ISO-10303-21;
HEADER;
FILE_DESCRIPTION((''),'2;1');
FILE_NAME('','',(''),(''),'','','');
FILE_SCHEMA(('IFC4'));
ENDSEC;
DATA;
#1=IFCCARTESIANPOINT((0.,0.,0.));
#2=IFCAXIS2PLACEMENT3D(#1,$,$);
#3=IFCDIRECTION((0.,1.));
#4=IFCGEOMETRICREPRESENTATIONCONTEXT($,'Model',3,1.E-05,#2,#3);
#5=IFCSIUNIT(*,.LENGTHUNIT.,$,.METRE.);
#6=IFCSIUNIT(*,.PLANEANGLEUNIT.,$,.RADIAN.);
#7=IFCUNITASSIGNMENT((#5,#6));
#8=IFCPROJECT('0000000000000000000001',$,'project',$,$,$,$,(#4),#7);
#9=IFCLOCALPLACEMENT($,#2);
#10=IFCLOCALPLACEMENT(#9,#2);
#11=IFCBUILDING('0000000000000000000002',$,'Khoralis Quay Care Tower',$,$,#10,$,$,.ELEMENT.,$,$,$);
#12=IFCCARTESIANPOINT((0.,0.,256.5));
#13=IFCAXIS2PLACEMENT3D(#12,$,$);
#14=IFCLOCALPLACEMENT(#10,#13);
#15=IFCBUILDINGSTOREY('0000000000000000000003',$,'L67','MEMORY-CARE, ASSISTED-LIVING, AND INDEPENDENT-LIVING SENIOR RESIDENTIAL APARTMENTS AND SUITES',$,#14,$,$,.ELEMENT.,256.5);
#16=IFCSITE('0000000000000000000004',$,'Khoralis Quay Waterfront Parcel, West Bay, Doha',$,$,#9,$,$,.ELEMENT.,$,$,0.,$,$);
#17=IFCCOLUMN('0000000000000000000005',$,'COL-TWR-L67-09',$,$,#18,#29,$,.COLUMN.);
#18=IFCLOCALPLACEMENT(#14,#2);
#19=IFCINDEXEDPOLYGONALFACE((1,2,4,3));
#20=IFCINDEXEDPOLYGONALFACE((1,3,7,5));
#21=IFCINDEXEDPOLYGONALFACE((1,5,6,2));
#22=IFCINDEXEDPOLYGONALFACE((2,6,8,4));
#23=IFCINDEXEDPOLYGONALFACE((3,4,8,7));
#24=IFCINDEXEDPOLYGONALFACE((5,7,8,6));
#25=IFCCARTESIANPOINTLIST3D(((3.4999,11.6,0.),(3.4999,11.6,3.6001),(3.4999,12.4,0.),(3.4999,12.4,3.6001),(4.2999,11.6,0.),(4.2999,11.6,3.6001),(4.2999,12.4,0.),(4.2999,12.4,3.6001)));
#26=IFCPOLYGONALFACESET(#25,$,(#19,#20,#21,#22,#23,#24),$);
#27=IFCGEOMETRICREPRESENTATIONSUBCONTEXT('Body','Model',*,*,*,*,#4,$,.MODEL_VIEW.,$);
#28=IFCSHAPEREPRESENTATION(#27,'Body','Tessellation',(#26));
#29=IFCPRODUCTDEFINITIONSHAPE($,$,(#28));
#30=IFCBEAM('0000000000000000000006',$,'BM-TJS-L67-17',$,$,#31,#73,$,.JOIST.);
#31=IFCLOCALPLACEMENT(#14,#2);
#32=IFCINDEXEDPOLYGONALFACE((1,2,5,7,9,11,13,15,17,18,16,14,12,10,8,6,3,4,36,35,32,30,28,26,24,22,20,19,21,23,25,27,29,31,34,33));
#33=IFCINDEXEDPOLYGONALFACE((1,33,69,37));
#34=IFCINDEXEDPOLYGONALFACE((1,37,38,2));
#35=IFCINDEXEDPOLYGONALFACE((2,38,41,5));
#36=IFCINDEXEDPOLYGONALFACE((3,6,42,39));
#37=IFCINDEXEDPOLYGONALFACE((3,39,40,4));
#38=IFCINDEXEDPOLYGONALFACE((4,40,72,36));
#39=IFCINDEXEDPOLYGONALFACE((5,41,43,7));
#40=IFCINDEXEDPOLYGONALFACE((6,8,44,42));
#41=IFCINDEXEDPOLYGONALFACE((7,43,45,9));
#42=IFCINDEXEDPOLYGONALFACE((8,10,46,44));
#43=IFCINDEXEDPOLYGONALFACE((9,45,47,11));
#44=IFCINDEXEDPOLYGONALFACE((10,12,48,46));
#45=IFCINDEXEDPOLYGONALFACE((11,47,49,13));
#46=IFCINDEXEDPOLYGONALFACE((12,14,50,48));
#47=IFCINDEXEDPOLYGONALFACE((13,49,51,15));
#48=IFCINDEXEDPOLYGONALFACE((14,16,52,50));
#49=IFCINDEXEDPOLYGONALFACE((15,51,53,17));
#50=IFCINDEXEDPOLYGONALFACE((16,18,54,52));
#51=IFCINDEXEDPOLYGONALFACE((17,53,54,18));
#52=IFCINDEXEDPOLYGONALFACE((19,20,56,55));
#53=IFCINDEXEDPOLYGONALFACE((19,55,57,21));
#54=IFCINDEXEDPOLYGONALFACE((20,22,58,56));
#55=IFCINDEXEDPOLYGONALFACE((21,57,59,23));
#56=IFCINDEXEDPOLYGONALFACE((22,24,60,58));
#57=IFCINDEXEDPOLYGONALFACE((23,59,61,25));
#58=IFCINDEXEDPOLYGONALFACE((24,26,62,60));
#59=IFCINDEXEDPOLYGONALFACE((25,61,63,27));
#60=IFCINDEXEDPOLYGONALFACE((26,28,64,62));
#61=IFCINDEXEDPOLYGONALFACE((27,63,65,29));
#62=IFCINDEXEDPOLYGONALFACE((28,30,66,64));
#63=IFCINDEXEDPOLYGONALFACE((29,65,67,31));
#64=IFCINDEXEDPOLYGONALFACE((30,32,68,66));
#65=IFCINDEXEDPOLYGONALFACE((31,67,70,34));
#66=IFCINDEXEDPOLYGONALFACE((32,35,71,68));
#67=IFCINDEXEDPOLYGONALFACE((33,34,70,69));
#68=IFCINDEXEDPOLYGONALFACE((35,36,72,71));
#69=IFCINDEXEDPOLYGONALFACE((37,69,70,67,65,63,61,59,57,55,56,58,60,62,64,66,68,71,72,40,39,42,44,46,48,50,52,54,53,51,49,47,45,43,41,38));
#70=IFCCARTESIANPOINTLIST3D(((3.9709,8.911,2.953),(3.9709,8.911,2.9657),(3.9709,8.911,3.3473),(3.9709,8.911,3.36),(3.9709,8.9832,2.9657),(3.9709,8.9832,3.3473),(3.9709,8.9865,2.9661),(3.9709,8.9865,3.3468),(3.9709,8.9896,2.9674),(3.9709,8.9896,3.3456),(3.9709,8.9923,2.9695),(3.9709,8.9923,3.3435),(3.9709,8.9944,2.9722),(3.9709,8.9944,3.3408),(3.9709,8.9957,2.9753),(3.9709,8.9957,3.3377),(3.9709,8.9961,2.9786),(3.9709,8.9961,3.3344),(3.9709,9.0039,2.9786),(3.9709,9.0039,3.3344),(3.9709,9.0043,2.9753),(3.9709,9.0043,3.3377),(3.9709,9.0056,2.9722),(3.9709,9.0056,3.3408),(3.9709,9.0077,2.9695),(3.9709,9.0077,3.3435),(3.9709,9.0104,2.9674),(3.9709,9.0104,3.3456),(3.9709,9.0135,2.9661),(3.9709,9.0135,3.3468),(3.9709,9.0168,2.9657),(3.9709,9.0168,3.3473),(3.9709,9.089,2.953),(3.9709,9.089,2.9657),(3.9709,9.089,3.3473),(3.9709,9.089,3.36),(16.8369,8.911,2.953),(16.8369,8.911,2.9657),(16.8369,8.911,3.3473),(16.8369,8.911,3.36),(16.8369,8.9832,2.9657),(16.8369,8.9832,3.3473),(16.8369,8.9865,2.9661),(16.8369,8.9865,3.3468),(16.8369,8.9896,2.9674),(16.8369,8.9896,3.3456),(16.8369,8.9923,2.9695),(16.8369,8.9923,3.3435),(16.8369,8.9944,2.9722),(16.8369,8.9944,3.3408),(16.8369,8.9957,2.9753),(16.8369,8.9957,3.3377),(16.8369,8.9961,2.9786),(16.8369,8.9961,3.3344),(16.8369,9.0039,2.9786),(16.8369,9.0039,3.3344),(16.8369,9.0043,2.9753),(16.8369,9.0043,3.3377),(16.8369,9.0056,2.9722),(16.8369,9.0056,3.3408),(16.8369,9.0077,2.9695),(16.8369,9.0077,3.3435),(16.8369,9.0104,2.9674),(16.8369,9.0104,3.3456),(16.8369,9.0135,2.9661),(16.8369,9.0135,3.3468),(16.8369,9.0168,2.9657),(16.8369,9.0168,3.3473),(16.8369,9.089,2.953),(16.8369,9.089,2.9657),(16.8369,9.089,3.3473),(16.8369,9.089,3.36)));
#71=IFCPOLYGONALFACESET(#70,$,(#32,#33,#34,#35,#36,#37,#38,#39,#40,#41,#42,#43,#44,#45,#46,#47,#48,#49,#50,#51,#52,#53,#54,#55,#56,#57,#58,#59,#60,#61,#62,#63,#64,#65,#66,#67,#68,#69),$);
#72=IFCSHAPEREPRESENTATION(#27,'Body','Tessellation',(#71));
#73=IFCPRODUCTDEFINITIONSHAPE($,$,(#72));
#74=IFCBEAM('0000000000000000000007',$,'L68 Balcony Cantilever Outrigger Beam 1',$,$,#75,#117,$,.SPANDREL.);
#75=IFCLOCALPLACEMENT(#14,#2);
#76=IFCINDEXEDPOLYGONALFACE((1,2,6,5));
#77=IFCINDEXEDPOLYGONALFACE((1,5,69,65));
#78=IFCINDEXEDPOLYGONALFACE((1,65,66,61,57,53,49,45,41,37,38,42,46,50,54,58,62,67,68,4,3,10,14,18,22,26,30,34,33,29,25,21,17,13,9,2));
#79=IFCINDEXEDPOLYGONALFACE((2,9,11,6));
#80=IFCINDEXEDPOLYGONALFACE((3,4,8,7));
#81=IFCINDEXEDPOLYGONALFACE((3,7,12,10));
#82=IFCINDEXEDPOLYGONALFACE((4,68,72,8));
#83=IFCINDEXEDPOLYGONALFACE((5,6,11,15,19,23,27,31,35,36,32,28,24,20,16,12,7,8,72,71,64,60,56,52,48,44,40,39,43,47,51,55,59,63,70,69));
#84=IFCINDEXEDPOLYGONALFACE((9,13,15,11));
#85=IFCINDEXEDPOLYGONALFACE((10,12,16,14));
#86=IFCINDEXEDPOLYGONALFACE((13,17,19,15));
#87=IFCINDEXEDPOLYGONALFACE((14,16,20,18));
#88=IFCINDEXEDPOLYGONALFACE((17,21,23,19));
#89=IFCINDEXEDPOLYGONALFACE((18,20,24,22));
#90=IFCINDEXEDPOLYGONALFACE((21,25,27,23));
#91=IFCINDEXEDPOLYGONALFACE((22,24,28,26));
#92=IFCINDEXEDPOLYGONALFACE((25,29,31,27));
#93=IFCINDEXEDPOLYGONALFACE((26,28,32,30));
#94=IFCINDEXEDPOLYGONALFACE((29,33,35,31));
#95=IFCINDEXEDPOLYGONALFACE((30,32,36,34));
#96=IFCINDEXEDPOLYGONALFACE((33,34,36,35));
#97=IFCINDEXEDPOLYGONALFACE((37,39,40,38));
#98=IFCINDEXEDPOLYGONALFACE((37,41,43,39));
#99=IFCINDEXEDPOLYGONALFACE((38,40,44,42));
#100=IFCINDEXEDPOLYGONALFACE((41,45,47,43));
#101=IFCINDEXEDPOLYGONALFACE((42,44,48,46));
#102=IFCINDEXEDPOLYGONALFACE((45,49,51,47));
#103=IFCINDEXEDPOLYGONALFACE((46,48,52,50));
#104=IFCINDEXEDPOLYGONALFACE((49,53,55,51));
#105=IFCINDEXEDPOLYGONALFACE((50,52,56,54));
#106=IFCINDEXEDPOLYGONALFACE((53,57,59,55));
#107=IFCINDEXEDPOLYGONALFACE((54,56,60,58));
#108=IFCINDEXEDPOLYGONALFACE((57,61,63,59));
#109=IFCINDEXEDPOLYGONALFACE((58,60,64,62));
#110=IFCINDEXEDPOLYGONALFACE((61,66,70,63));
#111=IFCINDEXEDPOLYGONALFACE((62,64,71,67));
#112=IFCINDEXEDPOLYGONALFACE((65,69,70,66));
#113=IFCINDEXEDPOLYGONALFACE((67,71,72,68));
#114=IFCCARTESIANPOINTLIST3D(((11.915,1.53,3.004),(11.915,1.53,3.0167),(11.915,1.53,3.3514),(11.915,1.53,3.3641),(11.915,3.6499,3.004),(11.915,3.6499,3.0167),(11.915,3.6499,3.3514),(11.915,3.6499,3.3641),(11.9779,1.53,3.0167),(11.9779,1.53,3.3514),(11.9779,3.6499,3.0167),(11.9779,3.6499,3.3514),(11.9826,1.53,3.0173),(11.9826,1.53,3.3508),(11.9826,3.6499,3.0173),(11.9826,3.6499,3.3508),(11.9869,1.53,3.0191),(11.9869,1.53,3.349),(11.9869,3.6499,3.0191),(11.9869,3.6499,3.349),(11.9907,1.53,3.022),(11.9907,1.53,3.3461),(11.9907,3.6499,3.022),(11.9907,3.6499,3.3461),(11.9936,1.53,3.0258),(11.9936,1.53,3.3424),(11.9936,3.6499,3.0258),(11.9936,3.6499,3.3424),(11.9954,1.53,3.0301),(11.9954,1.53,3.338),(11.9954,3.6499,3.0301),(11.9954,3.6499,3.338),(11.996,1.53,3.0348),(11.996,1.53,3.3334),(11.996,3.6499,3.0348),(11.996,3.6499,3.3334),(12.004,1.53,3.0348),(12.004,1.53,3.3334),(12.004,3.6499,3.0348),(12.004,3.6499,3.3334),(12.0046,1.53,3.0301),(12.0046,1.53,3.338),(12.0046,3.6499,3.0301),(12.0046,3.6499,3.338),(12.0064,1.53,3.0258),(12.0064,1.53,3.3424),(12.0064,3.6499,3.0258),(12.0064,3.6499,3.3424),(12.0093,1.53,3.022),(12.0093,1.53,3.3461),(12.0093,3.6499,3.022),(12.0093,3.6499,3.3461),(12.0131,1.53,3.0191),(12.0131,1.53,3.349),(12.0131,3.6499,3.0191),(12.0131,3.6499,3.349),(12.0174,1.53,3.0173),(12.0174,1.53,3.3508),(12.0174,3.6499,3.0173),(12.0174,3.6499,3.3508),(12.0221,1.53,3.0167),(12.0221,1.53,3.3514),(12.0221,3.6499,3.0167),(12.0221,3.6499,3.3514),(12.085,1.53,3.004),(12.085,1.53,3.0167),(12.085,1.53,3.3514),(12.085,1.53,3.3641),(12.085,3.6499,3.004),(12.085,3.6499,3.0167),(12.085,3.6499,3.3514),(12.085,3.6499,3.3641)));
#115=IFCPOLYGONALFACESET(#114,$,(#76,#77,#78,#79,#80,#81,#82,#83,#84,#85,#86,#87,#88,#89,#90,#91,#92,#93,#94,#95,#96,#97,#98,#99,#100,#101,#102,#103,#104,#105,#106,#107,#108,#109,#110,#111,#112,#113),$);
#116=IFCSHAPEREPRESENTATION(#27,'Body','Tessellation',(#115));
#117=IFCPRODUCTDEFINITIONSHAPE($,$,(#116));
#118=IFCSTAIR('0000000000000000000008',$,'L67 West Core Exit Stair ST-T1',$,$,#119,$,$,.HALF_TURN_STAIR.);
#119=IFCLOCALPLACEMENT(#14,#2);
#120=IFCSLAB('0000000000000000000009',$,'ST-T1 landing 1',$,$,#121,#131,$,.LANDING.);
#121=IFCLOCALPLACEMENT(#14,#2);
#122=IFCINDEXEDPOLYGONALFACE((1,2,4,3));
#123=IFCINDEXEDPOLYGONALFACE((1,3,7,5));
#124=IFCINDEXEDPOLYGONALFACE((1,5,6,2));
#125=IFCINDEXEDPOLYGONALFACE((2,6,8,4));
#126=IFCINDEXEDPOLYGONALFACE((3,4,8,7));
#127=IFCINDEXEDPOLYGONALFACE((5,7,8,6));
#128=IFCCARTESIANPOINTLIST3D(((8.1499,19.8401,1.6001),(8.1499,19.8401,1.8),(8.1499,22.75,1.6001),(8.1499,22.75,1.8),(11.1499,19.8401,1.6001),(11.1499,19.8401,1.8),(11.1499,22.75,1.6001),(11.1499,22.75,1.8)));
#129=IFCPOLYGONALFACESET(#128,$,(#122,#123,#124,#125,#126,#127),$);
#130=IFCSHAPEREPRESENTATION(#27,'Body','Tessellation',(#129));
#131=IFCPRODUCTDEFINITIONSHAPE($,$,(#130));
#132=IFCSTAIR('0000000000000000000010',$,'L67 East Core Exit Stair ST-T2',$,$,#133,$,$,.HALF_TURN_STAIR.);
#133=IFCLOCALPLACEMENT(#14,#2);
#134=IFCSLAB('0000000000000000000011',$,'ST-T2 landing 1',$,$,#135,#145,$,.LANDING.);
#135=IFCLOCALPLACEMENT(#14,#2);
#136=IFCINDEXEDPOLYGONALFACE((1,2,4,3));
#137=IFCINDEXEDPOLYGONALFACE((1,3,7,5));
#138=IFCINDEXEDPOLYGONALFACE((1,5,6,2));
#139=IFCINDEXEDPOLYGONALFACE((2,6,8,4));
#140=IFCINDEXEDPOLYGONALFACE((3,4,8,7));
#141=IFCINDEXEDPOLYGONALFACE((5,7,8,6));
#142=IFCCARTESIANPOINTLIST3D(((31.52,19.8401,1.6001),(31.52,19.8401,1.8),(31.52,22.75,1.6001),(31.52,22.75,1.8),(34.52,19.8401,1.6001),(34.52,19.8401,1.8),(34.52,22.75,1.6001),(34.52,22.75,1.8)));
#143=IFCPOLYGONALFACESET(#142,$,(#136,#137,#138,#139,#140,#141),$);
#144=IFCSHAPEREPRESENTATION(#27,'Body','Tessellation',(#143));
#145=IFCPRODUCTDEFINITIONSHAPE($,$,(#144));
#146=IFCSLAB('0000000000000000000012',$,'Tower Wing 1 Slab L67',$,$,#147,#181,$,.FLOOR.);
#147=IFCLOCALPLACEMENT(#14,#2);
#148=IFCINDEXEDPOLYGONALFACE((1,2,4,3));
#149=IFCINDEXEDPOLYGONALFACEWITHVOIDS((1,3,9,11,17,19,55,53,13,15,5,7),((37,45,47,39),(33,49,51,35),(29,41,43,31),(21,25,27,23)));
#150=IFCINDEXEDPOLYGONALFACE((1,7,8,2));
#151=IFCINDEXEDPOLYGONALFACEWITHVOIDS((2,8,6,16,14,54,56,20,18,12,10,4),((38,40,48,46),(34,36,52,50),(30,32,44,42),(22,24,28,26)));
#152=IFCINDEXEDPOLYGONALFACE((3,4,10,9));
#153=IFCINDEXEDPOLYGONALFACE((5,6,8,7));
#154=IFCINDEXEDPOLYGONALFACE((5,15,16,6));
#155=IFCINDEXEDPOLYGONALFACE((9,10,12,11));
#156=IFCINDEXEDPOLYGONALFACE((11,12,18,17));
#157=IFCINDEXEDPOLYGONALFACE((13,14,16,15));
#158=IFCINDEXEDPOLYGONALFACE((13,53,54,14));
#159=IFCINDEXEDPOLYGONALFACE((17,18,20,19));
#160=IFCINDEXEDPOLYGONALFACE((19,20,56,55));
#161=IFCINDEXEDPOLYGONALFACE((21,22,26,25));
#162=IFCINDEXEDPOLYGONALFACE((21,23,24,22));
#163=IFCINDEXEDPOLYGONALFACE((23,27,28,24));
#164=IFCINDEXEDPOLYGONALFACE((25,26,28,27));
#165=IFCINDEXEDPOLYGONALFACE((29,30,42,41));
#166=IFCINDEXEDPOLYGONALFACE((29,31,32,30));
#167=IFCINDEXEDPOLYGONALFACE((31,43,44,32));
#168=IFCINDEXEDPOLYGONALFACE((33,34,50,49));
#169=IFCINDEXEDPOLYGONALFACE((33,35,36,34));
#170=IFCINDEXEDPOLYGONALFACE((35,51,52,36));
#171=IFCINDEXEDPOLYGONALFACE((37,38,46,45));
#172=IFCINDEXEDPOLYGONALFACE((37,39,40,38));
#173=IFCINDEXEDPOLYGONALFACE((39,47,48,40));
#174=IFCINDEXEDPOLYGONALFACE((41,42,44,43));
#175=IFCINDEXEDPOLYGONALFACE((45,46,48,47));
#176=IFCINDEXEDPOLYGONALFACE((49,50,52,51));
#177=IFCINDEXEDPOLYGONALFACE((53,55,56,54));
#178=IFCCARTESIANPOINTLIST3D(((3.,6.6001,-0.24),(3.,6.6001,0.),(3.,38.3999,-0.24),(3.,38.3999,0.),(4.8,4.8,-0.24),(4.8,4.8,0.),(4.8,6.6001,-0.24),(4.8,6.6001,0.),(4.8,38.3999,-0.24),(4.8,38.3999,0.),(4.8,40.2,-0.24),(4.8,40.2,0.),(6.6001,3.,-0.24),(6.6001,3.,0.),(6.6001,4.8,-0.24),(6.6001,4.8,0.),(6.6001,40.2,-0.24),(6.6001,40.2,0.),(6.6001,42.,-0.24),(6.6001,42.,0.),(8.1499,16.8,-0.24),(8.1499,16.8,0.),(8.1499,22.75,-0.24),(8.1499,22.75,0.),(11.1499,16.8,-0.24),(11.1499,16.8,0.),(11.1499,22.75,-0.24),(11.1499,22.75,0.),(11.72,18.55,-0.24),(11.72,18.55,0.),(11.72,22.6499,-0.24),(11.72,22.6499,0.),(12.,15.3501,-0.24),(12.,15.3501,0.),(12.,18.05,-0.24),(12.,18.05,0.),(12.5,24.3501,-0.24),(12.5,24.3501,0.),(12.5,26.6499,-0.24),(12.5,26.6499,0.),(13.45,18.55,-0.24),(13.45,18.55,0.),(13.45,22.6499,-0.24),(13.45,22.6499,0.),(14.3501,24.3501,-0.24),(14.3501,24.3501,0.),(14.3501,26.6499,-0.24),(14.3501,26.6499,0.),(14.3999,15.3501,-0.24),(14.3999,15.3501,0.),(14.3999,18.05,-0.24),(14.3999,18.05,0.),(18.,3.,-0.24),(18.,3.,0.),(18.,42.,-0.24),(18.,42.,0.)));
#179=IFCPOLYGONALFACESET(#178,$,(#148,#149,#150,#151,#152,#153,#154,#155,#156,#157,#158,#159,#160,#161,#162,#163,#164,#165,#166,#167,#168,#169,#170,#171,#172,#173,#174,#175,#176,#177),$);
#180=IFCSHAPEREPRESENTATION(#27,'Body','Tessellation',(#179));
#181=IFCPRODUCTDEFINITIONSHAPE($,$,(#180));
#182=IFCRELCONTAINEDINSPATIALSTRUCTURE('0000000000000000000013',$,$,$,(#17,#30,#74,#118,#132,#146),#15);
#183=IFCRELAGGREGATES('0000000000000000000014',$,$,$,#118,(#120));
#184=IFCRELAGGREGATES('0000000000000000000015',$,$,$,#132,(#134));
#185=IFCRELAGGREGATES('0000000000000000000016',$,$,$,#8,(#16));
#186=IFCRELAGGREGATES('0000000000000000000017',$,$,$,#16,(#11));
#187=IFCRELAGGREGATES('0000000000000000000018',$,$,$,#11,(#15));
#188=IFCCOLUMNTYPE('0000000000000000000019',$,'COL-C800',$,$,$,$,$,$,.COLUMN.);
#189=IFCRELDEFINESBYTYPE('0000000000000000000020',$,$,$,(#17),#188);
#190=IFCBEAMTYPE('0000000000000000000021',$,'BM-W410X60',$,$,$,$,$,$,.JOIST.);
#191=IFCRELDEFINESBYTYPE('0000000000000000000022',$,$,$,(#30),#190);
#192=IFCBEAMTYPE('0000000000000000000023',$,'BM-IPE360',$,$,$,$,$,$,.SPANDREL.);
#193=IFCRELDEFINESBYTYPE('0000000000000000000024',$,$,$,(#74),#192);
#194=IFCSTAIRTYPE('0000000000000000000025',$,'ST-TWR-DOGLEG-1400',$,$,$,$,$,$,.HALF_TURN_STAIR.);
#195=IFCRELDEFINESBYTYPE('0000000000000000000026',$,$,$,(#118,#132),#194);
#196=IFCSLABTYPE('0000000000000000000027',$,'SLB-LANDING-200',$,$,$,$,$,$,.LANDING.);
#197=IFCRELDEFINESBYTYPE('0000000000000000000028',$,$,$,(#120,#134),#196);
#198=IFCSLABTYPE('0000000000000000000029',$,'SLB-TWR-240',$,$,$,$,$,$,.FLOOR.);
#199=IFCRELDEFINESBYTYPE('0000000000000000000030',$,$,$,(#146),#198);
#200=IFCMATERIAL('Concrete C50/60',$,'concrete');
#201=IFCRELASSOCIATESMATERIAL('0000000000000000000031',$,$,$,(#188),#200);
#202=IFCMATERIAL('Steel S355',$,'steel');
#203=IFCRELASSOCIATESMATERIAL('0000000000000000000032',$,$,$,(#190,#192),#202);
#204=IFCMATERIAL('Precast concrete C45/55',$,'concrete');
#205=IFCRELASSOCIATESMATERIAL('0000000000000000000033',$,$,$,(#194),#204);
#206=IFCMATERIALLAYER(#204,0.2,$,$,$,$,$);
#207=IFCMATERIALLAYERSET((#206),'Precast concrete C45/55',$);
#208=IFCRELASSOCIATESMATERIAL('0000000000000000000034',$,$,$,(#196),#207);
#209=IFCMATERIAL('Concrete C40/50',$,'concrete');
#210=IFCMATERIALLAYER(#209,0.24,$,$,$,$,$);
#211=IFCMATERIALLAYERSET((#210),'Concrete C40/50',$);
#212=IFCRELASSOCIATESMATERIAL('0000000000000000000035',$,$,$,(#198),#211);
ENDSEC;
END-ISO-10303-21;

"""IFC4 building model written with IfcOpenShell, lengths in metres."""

from ifc_helpers import new_model, si_unit, direction, frame, origin, origin_2d, place, context, subcontext, project, spatial, polyline, rectangle, i_section, outline, extrude, source, transform, mapped, material, layer, layer_set, material_profile, profile_set, type_object, element, aggregate, save


model = new_model("IFC4")

# Units and contexts
model_context = context("Model", 3, precision=1e-05, world=origin(), true_north=direction((0.0, 1.0)))
body_context = subcontext(model_context, "Body", "Model", "MODEL_VIEW")
ifc_project = project(units=[si_unit("LENGTHUNIT", "METRE"), si_unit("PLANEANGLEUNIT", "RADIAN")], contexts=[model_context])

# Site, building, storey
site_placement = place(None, origin())
site = spatial("IfcSite", under=ifc_project, at=site_placement, Name="Khoralis Quay Waterfront Parcel, West Bay, Doha", CompositionType="ELEMENT", RefElevation=0.0)
building_placement = place(site_placement, origin())
building = spatial("IfcBuilding", under=site, at=building_placement, Name="Khoralis Quay Care Tower", CompositionType="ELEMENT")
storey_placement = place(building_placement, frame((0.0, 0.0, 256.5)))
storey = spatial("IfcBuildingStorey", under=building, at=storey_placement, Name="L67", Description="MEMORY-CARE, ASSISTED-LIVING, AND INDEPENDENT-LIVING SENIOR RESIDENTIAL APARTMENTS AND SUITES", CompositionType="ELEMENT", Elevation=256.5)

# Column
ifc_material_1 = material(Name="Concrete C50/60", Category="concrete")
ifc_material_profile_1 = material_profile(ifc_material_1, rectangle(XDim=0.8, YDim=0.8, at=origin_2d()), Name="Concrete C50/60")
ifc_profile_set_1 = profile_set([ifc_material_profile_1], Name="Concrete C50/60")
column_type = type_object("IfcColumnType", Name="COL-C800", PredefinedType="COLUMN", material=ifc_profile_set_1)
shared_shape_1 = source(origin(), body_context, "Body", "SweptSolid", [
    extrude(rectangle(XDim=0.8, YDim=0.8, at=origin_2d()), origin(), (0.0, 0.0, 1.0), 3.6001),
])
column_placement = place(storey_placement, frame((3.8999, 12.0, 0.0), z_axis=(0.0, 0.0, 1.0), x_axis=(1.0, 0.0, 0.0)))
element("IfcColumn", 1, at=column_placement, inside=storey, type_object=column_type, Name="COL-TWR-L67-09", PredefinedType="COLUMN", context=body_context, shape_type="MappedRepresentation", body=[
    mapped(shared_shape_1, transform((0.0, 0.0, 0.0), scale=1.0)),
])

# Beams
ifc_material_2 = material(Name="Steel S355", Category="steel")
ifc_material_profile_2 = material_profile(ifc_material_2, i_section(OverallWidth=0.178, OverallDepth=0.407, WebThickness=0.0078, FlangeThickness=0.0127, FilletRadius=0.0129, at=origin_2d()), Name="Steel S355")
ifc_profile_set_2 = profile_set([ifc_material_profile_2], Name="Steel S355")
beam_type_1 = type_object("IfcBeamType", Name="BM-W410X60", PredefinedType="JOIST", material=ifc_profile_set_2)
shared_shape_2 = source(origin(), body_context, "Body", "SweptSolid", [
    extrude(i_section(OverallWidth=0.178, OverallDepth=0.407, WebThickness=0.0078, FlangeThickness=0.0127, FilletRadius=0.0129, at=origin_2d()), origin(), (0.0, 0.0, 1.0), 12.866),
])
beam_1_placement = place(storey_placement, frame((3.9709, 9.0, 3.1565), z_axis=(1.0, 0.0, 0.0), x_axis=(0.0, 1.0, 0.0)))
element("IfcBeam", 2, at=beam_1_placement, inside=storey, type_object=beam_type_1, Name="BM-TJS-L67-17", PredefinedType="JOIST", context=body_context, shape_type="MappedRepresentation", body=[
    mapped(shared_shape_2, transform((0.0, 0.0, 0.0), scale=1.0)),
])
ifc_material_profile_3 = material_profile(ifc_material_2, i_section(OverallWidth=0.1699, OverallDepth=0.3601, WebThickness=0.0081, FlangeThickness=0.0127, FilletRadius=0.0181, at=origin_2d()), Name="Steel S355")
ifc_profile_set_3 = profile_set([ifc_material_profile_3], Name="Steel S355")
beam_type_2 = type_object("IfcBeamType", Name="BM-IPE360", PredefinedType="SPANDREL", material=ifc_profile_set_3)
shared_shape_3 = source(origin(), body_context, "Body", "SweptSolid", [
    extrude(i_section(OverallWidth=0.1699, OverallDepth=0.3601, WebThickness=0.0081, FlangeThickness=0.0127, FilletRadius=0.0181, at=origin_2d()), origin(), (0.0, 0.0, 1.0), 2.1199),
])
beam_2_placement = place(storey_placement, frame((12.0, 3.6499, 3.1841), z_axis=(0.0, -1.0, 0.0), x_axis=(1.0, 0.0, 0.0)))
element("IfcBeam", 3, at=beam_2_placement, inside=storey, type_object=beam_type_2, Name="L68 Balcony Cantilever Outrigger Beam 1", PredefinedType="SPANDREL", context=body_context, shape_type="MappedRepresentation", body=[
    mapped(shared_shape_3, transform((0.0, 0.0, 0.0), scale=1.0)),
])

# Stairs, slabs
ifc_material_3 = material(Name="Precast concrete C45/55", Category="concrete")
stair_type = type_object("IfcStairType", Name="ST-TWR-DOGLEG-1400", PredefinedType="HALF_TURN_STAIR", material=ifc_material_3)
stair_1_placement = place(storey_placement, origin())
stair_1 = element("IfcStair", 4, at=stair_1_placement, inside=storey, type_object=stair_type, Name="L67 West Core Exit Stair ST-T1", PredefinedType="HALF_TURN_STAIR")
ifc_layer_1 = layer(ifc_material_3, 0.2)
ifc_layer_set_1 = layer_set([ifc_layer_1], Name="Precast concrete C45/55")
slab_type_1 = type_object("IfcSlabType", Name="SLB-LANDING-200", PredefinedType="LANDING", material=ifc_layer_set_1)
slab_1_placement = place(storey_placement, frame((0.0, 0.0, 1.6001)))
slab_1 = element("IfcSlab", 5, at=slab_1_placement, type_object=slab_type_1, Name="ST-T1 landing 1", PredefinedType="LANDING", context=body_context, shape_type="SweptSolid", body=[
    extrude(outline(polyline([(11.1499, 19.8401), (11.1499, 22.75), (8.1499, 22.75), (8.1499, 19.8401), (11.1499, 19.8401)])), origin(), (0.0, 0.0, 1.0), 0.2),
])
aggregate(stair_1, [slab_1])
stair_2_placement = place(storey_placement, origin())
stair_2 = element("IfcStair", 6, at=stair_2_placement, inside=storey, type_object=stair_type, Name="L67 East Core Exit Stair ST-T2", PredefinedType="HALF_TURN_STAIR")
slab_2_placement = place(storey_placement, frame((0.0, 0.0, 1.6001)))
slab_2 = element("IfcSlab", 7, at=slab_2_placement, type_object=slab_type_1, Name="ST-T2 landing 1", PredefinedType="LANDING", context=body_context, shape_type="SweptSolid", body=[
    extrude(outline(polyline([(34.52, 19.8401), (34.52, 22.75), (31.52, 22.75), (31.52, 19.8401), (34.52, 19.8401)])), origin(), (0.0, 0.0, 1.0), 0.2),
])
aggregate(stair_2, [slab_2])

# Slab
ifc_material_4 = material(Name="Concrete C40/50", Category="concrete")
ifc_layer_2 = layer(ifc_material_4, 0.24)
ifc_layer_set_2 = layer_set([ifc_layer_2], Name="Concrete C40/50")
slab_type_2 = type_object("IfcSlabType", Name="SLB-TWR-240", PredefinedType="FLOOR", material=ifc_layer_set_2)
slab_3_placement = place(storey_placement, frame((0.0, 0.0, -0.24)))
element("IfcSlab", 8, at=slab_3_placement, inside=storey, type_object=slab_type_2, Name="Tower Wing 1 Slab L67", PredefinedType="FLOOR", context=body_context, shape_type="SweptSolid", body=[
    extrude(outline(polyline([(6.6001, 3.0), (18.0, 3.0), (18.0, 42.0), (6.6001, 42.0), (6.6001, 40.2), (4.8, 40.2), (4.8, 38.3999), (3.0, 38.3999), (3.0, 6.6001), (4.8, 6.6001), (4.8, 4.8), (6.6001, 4.8), (6.6001, 3.0)]), holes=[polyline([(11.1499, 16.8), (11.1499, 22.75), (8.1499, 22.75), (8.1499, 16.8), (11.1499, 16.8)]), polyline([(12.0, 15.3501), (14.3999, 15.3501), (14.3999, 18.05), (12.0, 18.05), (12.0, 15.3501)]), polyline([(12.5, 24.3501), (14.3501, 24.3501), (14.3501, 26.6499), (12.5, 26.6499), (12.5, 24.3501)]), polyline([(11.72, 18.55), (13.45, 18.55), (13.45, 22.6499), (11.72, 22.6499), (11.72, 18.55)])]), origin(), (0.0, 0.0, 1.0), 0.24),
])

save(model, "model.ifc")
